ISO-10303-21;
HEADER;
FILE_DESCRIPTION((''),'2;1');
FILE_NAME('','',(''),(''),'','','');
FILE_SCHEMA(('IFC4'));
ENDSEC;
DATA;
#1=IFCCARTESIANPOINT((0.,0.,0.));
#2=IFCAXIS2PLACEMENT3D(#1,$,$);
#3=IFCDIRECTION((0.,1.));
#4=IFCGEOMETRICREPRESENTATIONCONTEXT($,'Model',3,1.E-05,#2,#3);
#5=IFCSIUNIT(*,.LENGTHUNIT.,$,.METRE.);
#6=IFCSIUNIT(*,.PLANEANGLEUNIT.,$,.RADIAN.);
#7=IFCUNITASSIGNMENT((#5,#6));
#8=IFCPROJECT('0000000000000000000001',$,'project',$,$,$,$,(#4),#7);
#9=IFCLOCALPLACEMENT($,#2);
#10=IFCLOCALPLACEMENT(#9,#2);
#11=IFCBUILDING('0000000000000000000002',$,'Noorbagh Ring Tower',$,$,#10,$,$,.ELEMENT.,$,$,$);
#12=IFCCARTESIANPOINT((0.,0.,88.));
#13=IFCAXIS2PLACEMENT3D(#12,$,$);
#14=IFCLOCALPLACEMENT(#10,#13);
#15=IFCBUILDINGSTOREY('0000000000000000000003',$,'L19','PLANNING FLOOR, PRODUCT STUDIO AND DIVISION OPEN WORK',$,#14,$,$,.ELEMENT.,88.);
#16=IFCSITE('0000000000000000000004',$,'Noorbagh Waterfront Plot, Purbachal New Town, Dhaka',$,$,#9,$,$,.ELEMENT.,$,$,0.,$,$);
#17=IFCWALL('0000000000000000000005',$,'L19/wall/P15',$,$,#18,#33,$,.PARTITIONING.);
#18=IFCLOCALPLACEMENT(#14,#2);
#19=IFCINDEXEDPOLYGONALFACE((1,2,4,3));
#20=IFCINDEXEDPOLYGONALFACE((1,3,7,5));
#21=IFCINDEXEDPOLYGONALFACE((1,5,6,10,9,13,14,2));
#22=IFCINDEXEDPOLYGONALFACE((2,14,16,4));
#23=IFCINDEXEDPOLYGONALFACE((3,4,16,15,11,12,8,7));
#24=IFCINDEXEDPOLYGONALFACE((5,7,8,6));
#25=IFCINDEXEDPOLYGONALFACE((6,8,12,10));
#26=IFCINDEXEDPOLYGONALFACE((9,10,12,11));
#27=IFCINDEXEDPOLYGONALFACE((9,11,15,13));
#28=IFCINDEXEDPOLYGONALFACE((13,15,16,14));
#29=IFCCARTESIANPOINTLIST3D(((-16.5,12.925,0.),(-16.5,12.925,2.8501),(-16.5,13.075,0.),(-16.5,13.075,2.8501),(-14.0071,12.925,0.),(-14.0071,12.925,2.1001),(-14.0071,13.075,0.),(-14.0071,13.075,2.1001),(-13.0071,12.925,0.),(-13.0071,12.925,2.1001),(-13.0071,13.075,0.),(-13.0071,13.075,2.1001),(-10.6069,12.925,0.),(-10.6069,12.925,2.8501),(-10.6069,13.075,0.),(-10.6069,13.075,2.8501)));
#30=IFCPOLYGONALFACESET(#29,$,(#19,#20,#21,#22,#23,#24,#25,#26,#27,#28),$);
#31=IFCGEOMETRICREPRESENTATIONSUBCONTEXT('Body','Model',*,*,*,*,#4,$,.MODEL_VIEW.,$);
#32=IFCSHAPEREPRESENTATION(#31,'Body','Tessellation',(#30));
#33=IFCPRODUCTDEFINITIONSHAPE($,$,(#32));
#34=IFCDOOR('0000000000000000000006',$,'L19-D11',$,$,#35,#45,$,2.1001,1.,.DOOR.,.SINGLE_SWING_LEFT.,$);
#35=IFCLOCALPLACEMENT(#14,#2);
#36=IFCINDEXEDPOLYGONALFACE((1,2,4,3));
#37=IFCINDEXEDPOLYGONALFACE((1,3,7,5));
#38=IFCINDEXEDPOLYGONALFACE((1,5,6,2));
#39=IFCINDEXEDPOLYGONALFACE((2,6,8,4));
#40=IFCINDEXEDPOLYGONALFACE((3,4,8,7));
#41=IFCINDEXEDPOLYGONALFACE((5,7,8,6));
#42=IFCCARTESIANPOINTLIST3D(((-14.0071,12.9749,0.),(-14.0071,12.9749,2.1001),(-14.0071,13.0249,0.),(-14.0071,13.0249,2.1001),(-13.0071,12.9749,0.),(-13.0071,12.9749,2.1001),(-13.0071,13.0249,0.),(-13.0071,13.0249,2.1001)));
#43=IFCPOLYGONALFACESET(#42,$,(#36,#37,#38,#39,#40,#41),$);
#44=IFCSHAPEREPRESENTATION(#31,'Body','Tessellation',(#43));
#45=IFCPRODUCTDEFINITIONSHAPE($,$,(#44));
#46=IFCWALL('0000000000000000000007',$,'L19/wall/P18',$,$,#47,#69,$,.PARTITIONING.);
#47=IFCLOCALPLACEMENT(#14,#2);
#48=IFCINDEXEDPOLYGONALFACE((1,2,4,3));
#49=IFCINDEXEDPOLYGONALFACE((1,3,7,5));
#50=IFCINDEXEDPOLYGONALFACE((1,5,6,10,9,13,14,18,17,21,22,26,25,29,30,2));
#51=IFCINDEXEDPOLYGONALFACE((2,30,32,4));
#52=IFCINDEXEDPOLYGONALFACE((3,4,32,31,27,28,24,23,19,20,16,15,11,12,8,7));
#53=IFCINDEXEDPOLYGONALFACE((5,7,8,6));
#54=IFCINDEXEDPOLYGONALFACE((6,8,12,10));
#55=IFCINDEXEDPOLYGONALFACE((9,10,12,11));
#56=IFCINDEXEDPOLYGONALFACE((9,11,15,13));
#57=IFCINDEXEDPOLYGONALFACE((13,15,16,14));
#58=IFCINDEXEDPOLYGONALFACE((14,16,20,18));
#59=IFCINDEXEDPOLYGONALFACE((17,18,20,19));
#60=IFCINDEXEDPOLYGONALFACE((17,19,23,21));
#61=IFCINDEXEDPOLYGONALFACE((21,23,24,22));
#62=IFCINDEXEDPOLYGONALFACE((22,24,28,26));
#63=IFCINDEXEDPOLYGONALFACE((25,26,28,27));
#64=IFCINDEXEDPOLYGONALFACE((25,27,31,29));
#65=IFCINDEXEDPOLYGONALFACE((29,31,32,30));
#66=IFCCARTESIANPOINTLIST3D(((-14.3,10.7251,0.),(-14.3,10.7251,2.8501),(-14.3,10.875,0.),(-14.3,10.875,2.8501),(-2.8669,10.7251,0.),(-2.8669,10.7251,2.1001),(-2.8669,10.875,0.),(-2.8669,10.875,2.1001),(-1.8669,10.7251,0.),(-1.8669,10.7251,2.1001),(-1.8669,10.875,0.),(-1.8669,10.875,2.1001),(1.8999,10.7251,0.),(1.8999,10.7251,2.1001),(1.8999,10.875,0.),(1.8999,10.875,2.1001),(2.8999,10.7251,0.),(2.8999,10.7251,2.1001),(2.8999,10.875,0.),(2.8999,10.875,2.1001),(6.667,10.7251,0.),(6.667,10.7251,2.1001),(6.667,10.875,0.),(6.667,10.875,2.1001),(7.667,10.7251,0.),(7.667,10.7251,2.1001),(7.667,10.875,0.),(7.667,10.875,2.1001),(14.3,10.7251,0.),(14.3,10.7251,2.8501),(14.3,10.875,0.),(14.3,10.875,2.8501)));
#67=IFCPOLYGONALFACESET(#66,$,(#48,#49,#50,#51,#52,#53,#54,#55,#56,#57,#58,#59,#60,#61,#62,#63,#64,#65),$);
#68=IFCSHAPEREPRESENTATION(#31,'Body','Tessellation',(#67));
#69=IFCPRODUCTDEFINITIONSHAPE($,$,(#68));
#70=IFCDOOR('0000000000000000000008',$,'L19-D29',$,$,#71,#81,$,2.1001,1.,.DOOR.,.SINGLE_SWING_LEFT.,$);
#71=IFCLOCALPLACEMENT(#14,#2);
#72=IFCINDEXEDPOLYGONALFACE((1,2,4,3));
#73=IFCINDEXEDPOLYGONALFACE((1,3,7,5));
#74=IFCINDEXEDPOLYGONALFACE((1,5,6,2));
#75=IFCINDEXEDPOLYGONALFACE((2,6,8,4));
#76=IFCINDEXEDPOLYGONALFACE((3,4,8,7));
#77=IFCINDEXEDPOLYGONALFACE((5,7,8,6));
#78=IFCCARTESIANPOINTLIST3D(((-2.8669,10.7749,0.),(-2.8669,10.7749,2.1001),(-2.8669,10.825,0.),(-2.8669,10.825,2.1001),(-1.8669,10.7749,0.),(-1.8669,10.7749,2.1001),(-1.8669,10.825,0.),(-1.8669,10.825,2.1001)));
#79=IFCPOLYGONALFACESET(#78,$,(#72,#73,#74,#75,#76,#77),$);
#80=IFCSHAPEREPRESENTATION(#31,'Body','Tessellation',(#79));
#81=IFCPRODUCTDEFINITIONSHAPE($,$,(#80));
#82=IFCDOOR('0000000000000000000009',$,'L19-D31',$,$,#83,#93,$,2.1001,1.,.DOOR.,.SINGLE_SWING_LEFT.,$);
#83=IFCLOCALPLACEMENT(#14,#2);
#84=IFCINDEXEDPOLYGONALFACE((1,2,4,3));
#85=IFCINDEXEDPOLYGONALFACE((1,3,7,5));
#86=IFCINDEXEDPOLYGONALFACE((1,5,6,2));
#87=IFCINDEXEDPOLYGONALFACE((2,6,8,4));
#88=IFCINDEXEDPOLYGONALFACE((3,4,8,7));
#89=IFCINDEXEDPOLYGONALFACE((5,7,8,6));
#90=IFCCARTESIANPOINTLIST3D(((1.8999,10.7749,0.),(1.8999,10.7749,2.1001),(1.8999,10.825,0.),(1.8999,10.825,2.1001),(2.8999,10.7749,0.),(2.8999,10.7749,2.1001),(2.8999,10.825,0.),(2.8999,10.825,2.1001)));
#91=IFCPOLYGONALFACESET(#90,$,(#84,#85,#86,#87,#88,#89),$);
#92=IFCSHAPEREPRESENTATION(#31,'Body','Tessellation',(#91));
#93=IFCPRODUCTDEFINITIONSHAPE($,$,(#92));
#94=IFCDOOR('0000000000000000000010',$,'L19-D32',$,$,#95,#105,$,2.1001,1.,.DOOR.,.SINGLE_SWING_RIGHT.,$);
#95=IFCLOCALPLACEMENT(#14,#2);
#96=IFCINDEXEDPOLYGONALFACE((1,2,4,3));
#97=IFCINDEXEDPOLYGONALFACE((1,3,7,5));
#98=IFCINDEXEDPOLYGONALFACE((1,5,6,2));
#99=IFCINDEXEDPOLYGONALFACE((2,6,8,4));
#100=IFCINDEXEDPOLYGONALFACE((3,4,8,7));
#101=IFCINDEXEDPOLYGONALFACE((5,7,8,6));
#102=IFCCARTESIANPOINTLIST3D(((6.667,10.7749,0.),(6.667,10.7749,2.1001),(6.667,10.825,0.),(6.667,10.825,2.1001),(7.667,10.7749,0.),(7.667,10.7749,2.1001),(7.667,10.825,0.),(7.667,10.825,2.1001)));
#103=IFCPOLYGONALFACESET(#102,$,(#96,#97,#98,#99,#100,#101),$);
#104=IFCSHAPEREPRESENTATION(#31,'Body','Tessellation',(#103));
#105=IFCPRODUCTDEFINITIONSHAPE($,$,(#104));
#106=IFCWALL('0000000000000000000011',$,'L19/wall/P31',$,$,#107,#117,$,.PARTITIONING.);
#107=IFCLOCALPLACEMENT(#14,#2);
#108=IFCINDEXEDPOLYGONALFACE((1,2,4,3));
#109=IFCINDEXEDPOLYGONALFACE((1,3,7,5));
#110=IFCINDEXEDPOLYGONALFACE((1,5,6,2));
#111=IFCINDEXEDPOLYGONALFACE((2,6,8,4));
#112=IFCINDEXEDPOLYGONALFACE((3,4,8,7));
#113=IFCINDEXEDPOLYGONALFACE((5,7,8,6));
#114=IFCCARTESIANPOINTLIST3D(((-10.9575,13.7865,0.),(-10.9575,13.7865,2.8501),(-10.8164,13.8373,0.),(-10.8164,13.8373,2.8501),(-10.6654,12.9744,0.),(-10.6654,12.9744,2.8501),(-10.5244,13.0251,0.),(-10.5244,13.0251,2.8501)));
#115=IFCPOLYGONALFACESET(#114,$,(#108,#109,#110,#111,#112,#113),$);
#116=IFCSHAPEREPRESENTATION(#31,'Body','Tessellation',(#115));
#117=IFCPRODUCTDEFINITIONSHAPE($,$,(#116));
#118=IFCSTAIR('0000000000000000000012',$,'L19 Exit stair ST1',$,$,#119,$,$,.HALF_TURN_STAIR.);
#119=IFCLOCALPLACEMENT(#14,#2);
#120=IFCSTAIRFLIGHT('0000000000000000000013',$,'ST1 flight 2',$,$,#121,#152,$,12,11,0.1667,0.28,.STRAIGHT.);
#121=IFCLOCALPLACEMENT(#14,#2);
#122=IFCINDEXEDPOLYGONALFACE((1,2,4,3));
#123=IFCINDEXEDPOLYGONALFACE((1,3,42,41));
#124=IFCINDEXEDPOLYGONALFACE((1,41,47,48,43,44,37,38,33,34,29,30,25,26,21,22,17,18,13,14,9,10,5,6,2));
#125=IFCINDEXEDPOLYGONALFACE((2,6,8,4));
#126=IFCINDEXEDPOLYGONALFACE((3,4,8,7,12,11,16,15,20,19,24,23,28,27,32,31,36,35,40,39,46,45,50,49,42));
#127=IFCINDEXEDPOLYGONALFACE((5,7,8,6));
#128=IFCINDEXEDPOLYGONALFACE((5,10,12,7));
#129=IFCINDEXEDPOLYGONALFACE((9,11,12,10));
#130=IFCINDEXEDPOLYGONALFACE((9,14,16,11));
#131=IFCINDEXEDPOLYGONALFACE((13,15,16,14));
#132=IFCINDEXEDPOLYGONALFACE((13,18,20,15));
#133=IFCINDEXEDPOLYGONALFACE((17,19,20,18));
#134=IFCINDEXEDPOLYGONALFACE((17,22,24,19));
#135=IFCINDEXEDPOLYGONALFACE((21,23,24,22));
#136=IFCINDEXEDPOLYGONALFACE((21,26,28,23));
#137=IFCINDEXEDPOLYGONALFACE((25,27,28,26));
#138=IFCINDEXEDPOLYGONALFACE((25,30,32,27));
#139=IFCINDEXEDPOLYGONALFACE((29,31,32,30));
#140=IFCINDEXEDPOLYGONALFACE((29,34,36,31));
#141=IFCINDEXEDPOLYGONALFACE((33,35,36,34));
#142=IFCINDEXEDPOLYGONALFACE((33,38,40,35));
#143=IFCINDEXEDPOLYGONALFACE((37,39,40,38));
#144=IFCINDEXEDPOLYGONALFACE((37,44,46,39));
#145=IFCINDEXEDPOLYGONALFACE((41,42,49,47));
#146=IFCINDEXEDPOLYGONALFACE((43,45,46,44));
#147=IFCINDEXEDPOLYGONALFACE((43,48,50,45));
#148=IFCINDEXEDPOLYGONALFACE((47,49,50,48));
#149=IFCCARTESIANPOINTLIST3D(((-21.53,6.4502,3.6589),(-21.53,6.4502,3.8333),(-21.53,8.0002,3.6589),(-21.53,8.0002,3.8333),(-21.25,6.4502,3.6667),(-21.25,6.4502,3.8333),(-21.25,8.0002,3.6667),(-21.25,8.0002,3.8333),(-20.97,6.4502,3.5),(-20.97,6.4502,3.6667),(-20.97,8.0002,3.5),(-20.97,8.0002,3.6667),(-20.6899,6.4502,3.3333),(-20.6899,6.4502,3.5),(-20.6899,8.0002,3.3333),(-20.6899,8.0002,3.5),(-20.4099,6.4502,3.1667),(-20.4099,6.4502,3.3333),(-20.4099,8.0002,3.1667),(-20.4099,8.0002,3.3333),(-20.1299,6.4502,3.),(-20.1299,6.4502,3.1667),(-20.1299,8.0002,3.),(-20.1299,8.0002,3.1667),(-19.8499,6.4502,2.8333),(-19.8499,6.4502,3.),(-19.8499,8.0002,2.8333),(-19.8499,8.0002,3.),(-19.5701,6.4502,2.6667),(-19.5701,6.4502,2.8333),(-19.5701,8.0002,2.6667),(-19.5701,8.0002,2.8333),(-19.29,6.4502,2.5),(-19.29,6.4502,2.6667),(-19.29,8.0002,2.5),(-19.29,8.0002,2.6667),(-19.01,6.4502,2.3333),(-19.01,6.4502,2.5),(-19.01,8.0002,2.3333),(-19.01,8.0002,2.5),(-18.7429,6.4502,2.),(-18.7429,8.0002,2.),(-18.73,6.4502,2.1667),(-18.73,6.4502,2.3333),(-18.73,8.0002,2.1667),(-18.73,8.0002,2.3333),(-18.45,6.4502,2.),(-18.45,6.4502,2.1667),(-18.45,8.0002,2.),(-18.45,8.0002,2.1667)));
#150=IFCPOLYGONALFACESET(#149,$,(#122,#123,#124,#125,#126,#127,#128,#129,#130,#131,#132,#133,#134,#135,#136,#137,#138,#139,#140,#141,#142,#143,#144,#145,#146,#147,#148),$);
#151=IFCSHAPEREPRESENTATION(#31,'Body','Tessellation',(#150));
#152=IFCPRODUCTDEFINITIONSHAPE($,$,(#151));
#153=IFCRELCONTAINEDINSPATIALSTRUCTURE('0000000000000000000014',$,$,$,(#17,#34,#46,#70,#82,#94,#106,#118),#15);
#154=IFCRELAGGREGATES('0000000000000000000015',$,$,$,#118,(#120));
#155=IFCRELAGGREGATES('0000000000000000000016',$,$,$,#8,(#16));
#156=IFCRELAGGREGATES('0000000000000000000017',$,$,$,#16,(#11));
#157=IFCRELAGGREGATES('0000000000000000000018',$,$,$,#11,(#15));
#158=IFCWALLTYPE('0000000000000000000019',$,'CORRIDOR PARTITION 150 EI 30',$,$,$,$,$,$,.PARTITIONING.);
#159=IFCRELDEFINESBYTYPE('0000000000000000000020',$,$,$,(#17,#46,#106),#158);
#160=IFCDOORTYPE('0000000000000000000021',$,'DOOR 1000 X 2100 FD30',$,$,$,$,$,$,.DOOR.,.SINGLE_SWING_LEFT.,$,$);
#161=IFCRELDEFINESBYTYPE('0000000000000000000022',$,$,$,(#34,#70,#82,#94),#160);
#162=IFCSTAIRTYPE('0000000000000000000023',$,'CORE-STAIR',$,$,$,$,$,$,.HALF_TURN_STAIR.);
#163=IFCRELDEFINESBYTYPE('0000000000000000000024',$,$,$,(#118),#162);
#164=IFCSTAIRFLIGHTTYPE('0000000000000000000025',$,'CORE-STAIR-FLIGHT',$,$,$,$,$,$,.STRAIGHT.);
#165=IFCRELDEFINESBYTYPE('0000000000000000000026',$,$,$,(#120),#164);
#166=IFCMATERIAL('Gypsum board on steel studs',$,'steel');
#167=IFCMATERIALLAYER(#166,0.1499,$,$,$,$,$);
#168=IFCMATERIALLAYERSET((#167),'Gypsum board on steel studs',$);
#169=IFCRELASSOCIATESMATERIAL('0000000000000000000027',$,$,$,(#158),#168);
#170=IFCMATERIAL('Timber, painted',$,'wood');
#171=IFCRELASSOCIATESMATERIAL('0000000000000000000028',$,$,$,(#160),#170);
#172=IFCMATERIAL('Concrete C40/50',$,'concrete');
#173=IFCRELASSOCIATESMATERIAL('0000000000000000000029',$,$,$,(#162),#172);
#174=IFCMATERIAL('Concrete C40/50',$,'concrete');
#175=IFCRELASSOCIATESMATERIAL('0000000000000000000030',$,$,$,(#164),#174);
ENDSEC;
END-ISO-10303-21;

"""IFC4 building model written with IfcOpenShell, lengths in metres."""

from ifc_helpers import new_model, si_unit, direction, frame, frame_2d, origin, place, context, subcontext, project, spatial, polyline, rectangle, outline, extrude, material, layer, layer_set, type_object, element, fill, aggregate, save


model = new_model("IFC4")

# Units and contexts
model_context = context("Model", 3, precision=1e-05, world=origin(), true_north=direction((0.0, 1.0)))
body_context = subcontext(model_context, "Body", "Model", "MODEL_VIEW")
ifc_project = project(units=[si_unit("LENGTHUNIT", "METRE"), si_unit("PLANEANGLEUNIT", "RADIAN")], contexts=[model_context])

# Site, building, storey
site_placement = place(None, origin())
site = spatial("IfcSite", under=ifc_project, at=site_placement, Name="Noorbagh Waterfront Plot, Purbachal New Town, Dhaka", CompositionType="ELEMENT", RefElevation=0.0)
building_placement = place(site_placement, origin())
building = spatial("IfcBuilding", under=site, at=building_placement, Name="Noorbagh Ring Tower", CompositionType="ELEMENT")
storey_placement = place(building_placement, frame((0.0, 0.0, 88.0)))
storey = spatial("IfcBuildingStorey", under=building, at=storey_placement, Name="L19", Description="PLANNING FLOOR, PRODUCT STUDIO AND DIVISION OPEN WORK", CompositionType="ELEMENT", Elevation=88.0)

# Shared definitions
ifc_material_1 = material(Name="Gypsum board on steel studs", Category="steel")
ifc_layer_1 = layer(ifc_material_1, 0.1499)
ifc_layer_set_1 = layer_set([ifc_layer_1], Name="Gypsum board on steel studs")
wall_type_1 = type_object("IfcWallType", Name="CORRIDOR PARTITION 150 EI 30", PredefinedType="PARTITIONING", material=ifc_layer_set_1)

# Wall, opening, door
wall_1_placement = place(storey_placement, frame((-16.5, 13.0, 0.0), z_axis=(0.0, 0.0, 1.0), x_axis=(1.0, 0.0, 0.0)))
wall_1 = element("IfcWall", 1, at=wall_1_placement, inside=storey, type_object=wall_type_1, Name="L19/wall/P15", PredefinedType="PARTITIONING", context=body_context, shape_type="SweptSolid", body=[
    extrude(rectangle(XDim=5.8931, YDim=0.1499, at=frame_2d((2.9465, 0.0))), origin(), (0.0, 0.0, 1.0), 2.8501),
])
opening_1_placement = place(wall_1_placement, frame((2.4929, 0.0, 0.0)))
opening_1 = element("IfcOpeningElement", 2, at=opening_1_placement, cuts=wall_1, PredefinedType="OPENING", context=body_context, shape_type="SweptSolid", body=[
    extrude(rectangle(XDim=1.0, YDim=2.1001, at=frame_2d((0.5, 1.05))), frame((0.0, 0.085, 0.0), z_axis=(0.0, -1.0, 0.0), x_axis=(1.0, 0.0, 0.0)), (0.0, 0.0, 1.0), 0.1699),
])
ifc_material_2 = material(Name="Timber, painted", Category="wood")
door_type_1 = type_object("IfcDoorType", Name="DOOR 1000 X 2100 FD30", OperationType="SINGLE_SWING_LEFT", PredefinedType="DOOR", material=ifc_material_2)
door_1_placement = place(opening_1_placement, origin())
door_1 = element("IfcDoor", 3, at=door_1_placement, inside=storey, type_object=door_type_1, Name="L19-D11", OperationType="SINGLE_SWING_LEFT", OverallHeight=2.1001, OverallWidth=1.0, PredefinedType="DOOR", context=body_context, shape_type="SweptSolid", body=[
    extrude(rectangle(XDim=1.0, YDim=2.1001, at=frame_2d((0.5, 1.05))), frame((0.0, 0.0249, 0.0), z_axis=(0.0, -1.0, 0.0), x_axis=(1.0, 0.0, 0.0)), (0.0, 0.0, 1.0), 0.05),
])
fill(opening_1, door_1)

# Wall, openings, doors
wall_2_placement = place(storey_placement, frame((-14.3, 10.8, 0.0), z_axis=(0.0, 0.0, 1.0), x_axis=(1.0, 0.0, 0.0)))
wall_2 = element("IfcWall", 4, at=wall_2_placement, inside=storey, type_object=wall_type_1, Name="L19/wall/P18", PredefinedType="PARTITIONING", context=body_context, shape_type="SweptSolid", body=[
    extrude(rectangle(XDim=28.6001, YDim=0.1499, at=frame_2d((14.3, 0.0))), origin(), (0.0, 0.0, 1.0), 2.8501),
])
opening_2_placement = place(wall_2_placement, frame((11.4331, 0.0, 0.0)))
opening_2 = element("IfcOpeningElement", 5, at=opening_2_placement, cuts=wall_2, PredefinedType="OPENING", context=body_context, shape_type="SweptSolid", body=[
    extrude(rectangle(XDim=1.0, YDim=2.1001, at=frame_2d((0.5, 1.05))), frame((0.0, 0.085, 0.0), z_axis=(0.0, -1.0, 0.0), x_axis=(1.0, 0.0, 0.0)), (0.0, 0.0, 1.0), 0.1699),
])
opening_3_placement = place(wall_2_placement, frame((16.2, 0.0, 0.0)))
opening_3 = element("IfcOpeningElement", 6, at=opening_3_placement, cuts=wall_2, PredefinedType="OPENING", context=body_context, shape_type="SweptSolid", body=[
    extrude(rectangle(XDim=1.0, YDim=2.1001, at=frame_2d((0.5, 1.05))), frame((0.0, 0.085, 0.0), z_axis=(0.0, -1.0, 0.0), x_axis=(1.0, 0.0, 0.0)), (0.0, 0.0, 1.0), 0.1699),
])
opening_4_placement = place(wall_2_placement, frame((20.967, 0.0, 0.0)))
opening_4 = element("IfcOpeningElement", 7, at=opening_4_placement, cuts=wall_2, PredefinedType="OPENING", context=body_context, shape_type="SweptSolid", body=[
    extrude(rectangle(XDim=1.0, YDim=2.1001, at=frame_2d((0.5, 1.05))), frame((0.0, 0.085, 0.0), z_axis=(0.0, -1.0, 0.0), x_axis=(1.0, 0.0, 0.0)), (0.0, 0.0, 1.0), 0.1699),
])
door_2_placement = place(opening_2_placement, origin())
door_2 = element("IfcDoor", 8, at=door_2_placement, inside=storey, type_object=door_type_1, Name="L19-D29", OperationType="SINGLE_SWING_LEFT", OverallHeight=2.1001, OverallWidth=1.0, PredefinedType="DOOR", context=body_context, shape_type="SweptSolid", body=[
    extrude(rectangle(XDim=1.0, YDim=2.1001, at=frame_2d((0.5, 1.05))), frame((0.0, 0.0249, 0.0), z_axis=(0.0, -1.0, 0.0), x_axis=(1.0, 0.0, 0.0)), (0.0, 0.0, 1.0), 0.05),
])
fill(opening_2, door_2)
door_3_placement = place(opening_3_placement, origin())
door_3 = element("IfcDoor", 9, at=door_3_placement, inside=storey, type_object=door_type_1, Name="L19-D31", OperationType="SINGLE_SWING_LEFT", OverallHeight=2.1001, OverallWidth=1.0, PredefinedType="DOOR", context=body_context, shape_type="SweptSolid", body=[
    extrude(rectangle(XDim=1.0, YDim=2.1001, at=frame_2d((0.5, 1.05))), frame((0.0, 0.0249, 0.0), z_axis=(0.0, -1.0, 0.0), x_axis=(1.0, 0.0, 0.0)), (0.0, 0.0, 1.0), 0.05),
])
fill(opening_3, door_3)
door_4_placement = place(opening_4_placement, origin())
door_4 = element("IfcDoor", 10, at=door_4_placement, inside=storey, type_object=door_type_1, Name="L19-D32", OperationType="SINGLE_SWING_RIGHT", OverallHeight=2.1001, OverallWidth=1.0, PredefinedType="DOOR", context=body_context, shape_type="SweptSolid", body=[
    extrude(rectangle(XDim=1.0, YDim=2.1001, at=frame_2d((0.5, 1.05))), frame((0.0, 0.0249, 0.0), z_axis=(0.0, -1.0, 0.0), x_axis=(1.0, 0.0, 0.0)), (0.0, 0.0, 1.0), 0.05),
])
fill(opening_4, door_4)

# Wall
wall_3_placement = place(storey_placement, frame((-10.887, 13.812, 0.0), z_axis=(0.0, 0.0, 1.0), x_axis=(0.338379, -0.94101, 0.0)))
element("IfcWall", 11, at=wall_3_placement, inside=storey, type_object=wall_type_1, Name="L19/wall/P31", PredefinedType="PARTITIONING", context=body_context, shape_type="SweptSolid", body=[
    extrude(rectangle(XDim=0.863, YDim=0.1499, at=frame_2d((0.4316, 0.0))), origin(), (0.0, 0.0, 1.0), 2.8501),
])

# Stair, stair flight
ifc_material_3 = material(Name="Concrete C40/50", Category="concrete")
stair_type = type_object("IfcStairType", Name="CORE-STAIR", PredefinedType="HALF_TURN_STAIR", material=ifc_material_3)
stair_placement = place(storey_placement, origin())
stair = element("IfcStair", 12, at=stair_placement, inside=storey, type_object=stair_type, Name="L19 Exit stair ST1", PredefinedType="HALF_TURN_STAIR")
ifc_material_4 = material(Name="Concrete C40/50", Category="concrete")
stair_flight_type = type_object("IfcStairFlightType", Name="CORE-STAIR-FLIGHT", PredefinedType="STRAIGHT", material=ifc_material_4)
stair_flight_placement = place(storey_placement, frame((-18.45, 7.2251, 2.0), z_axis=(0.0, 0.0, 1.0), x_axis=(-1.0, 0.0, 0.0)))
stair_flight = element("IfcStairFlight", 13, at=stair_flight_placement, type_object=stair_flight_type, Name="ST1 flight 2", NumberOfRisers=12, NumberOfTreads=11, PredefinedType="STRAIGHT", RiserHeight=0.1667, TreadLength=0.28, context=body_context, shape_type="SweptSolid", body=[
    extrude(outline(polyline([(0.0, 0.0), (0.0, 0.1667), (0.28, 0.1667), (0.28, 0.3333), (0.5601, 0.3333), (0.5601, 0.5), (0.8401, 0.5), (0.8401, 0.6667), (1.1201, 0.6667), (1.1201, 0.8333), (1.3999, 0.8333), (1.3999, 1.0), (1.6799, 1.0), (1.6799, 1.1667), (1.96, 1.1667), (1.96, 1.3333), (2.24, 1.3333), (2.24, 1.5), (2.52, 1.5), (2.52, 1.6667), (2.8, 1.6667), (2.8, 1.8333), (3.0801, 1.8333), (3.0801, 2.0), (3.0801, 1.6589), (0.293, 0.0), (0.0, 0.0)])), frame((0.0, 0.7749, 0.0), z_axis=(0.0, -1.0, 0.0), x_axis=(1.0, 0.0, 0.0)), (0.0, 0.0, 1.0), 1.55),
])
aggregate(stair, [stair_flight])

save(model, "model.ifc")
